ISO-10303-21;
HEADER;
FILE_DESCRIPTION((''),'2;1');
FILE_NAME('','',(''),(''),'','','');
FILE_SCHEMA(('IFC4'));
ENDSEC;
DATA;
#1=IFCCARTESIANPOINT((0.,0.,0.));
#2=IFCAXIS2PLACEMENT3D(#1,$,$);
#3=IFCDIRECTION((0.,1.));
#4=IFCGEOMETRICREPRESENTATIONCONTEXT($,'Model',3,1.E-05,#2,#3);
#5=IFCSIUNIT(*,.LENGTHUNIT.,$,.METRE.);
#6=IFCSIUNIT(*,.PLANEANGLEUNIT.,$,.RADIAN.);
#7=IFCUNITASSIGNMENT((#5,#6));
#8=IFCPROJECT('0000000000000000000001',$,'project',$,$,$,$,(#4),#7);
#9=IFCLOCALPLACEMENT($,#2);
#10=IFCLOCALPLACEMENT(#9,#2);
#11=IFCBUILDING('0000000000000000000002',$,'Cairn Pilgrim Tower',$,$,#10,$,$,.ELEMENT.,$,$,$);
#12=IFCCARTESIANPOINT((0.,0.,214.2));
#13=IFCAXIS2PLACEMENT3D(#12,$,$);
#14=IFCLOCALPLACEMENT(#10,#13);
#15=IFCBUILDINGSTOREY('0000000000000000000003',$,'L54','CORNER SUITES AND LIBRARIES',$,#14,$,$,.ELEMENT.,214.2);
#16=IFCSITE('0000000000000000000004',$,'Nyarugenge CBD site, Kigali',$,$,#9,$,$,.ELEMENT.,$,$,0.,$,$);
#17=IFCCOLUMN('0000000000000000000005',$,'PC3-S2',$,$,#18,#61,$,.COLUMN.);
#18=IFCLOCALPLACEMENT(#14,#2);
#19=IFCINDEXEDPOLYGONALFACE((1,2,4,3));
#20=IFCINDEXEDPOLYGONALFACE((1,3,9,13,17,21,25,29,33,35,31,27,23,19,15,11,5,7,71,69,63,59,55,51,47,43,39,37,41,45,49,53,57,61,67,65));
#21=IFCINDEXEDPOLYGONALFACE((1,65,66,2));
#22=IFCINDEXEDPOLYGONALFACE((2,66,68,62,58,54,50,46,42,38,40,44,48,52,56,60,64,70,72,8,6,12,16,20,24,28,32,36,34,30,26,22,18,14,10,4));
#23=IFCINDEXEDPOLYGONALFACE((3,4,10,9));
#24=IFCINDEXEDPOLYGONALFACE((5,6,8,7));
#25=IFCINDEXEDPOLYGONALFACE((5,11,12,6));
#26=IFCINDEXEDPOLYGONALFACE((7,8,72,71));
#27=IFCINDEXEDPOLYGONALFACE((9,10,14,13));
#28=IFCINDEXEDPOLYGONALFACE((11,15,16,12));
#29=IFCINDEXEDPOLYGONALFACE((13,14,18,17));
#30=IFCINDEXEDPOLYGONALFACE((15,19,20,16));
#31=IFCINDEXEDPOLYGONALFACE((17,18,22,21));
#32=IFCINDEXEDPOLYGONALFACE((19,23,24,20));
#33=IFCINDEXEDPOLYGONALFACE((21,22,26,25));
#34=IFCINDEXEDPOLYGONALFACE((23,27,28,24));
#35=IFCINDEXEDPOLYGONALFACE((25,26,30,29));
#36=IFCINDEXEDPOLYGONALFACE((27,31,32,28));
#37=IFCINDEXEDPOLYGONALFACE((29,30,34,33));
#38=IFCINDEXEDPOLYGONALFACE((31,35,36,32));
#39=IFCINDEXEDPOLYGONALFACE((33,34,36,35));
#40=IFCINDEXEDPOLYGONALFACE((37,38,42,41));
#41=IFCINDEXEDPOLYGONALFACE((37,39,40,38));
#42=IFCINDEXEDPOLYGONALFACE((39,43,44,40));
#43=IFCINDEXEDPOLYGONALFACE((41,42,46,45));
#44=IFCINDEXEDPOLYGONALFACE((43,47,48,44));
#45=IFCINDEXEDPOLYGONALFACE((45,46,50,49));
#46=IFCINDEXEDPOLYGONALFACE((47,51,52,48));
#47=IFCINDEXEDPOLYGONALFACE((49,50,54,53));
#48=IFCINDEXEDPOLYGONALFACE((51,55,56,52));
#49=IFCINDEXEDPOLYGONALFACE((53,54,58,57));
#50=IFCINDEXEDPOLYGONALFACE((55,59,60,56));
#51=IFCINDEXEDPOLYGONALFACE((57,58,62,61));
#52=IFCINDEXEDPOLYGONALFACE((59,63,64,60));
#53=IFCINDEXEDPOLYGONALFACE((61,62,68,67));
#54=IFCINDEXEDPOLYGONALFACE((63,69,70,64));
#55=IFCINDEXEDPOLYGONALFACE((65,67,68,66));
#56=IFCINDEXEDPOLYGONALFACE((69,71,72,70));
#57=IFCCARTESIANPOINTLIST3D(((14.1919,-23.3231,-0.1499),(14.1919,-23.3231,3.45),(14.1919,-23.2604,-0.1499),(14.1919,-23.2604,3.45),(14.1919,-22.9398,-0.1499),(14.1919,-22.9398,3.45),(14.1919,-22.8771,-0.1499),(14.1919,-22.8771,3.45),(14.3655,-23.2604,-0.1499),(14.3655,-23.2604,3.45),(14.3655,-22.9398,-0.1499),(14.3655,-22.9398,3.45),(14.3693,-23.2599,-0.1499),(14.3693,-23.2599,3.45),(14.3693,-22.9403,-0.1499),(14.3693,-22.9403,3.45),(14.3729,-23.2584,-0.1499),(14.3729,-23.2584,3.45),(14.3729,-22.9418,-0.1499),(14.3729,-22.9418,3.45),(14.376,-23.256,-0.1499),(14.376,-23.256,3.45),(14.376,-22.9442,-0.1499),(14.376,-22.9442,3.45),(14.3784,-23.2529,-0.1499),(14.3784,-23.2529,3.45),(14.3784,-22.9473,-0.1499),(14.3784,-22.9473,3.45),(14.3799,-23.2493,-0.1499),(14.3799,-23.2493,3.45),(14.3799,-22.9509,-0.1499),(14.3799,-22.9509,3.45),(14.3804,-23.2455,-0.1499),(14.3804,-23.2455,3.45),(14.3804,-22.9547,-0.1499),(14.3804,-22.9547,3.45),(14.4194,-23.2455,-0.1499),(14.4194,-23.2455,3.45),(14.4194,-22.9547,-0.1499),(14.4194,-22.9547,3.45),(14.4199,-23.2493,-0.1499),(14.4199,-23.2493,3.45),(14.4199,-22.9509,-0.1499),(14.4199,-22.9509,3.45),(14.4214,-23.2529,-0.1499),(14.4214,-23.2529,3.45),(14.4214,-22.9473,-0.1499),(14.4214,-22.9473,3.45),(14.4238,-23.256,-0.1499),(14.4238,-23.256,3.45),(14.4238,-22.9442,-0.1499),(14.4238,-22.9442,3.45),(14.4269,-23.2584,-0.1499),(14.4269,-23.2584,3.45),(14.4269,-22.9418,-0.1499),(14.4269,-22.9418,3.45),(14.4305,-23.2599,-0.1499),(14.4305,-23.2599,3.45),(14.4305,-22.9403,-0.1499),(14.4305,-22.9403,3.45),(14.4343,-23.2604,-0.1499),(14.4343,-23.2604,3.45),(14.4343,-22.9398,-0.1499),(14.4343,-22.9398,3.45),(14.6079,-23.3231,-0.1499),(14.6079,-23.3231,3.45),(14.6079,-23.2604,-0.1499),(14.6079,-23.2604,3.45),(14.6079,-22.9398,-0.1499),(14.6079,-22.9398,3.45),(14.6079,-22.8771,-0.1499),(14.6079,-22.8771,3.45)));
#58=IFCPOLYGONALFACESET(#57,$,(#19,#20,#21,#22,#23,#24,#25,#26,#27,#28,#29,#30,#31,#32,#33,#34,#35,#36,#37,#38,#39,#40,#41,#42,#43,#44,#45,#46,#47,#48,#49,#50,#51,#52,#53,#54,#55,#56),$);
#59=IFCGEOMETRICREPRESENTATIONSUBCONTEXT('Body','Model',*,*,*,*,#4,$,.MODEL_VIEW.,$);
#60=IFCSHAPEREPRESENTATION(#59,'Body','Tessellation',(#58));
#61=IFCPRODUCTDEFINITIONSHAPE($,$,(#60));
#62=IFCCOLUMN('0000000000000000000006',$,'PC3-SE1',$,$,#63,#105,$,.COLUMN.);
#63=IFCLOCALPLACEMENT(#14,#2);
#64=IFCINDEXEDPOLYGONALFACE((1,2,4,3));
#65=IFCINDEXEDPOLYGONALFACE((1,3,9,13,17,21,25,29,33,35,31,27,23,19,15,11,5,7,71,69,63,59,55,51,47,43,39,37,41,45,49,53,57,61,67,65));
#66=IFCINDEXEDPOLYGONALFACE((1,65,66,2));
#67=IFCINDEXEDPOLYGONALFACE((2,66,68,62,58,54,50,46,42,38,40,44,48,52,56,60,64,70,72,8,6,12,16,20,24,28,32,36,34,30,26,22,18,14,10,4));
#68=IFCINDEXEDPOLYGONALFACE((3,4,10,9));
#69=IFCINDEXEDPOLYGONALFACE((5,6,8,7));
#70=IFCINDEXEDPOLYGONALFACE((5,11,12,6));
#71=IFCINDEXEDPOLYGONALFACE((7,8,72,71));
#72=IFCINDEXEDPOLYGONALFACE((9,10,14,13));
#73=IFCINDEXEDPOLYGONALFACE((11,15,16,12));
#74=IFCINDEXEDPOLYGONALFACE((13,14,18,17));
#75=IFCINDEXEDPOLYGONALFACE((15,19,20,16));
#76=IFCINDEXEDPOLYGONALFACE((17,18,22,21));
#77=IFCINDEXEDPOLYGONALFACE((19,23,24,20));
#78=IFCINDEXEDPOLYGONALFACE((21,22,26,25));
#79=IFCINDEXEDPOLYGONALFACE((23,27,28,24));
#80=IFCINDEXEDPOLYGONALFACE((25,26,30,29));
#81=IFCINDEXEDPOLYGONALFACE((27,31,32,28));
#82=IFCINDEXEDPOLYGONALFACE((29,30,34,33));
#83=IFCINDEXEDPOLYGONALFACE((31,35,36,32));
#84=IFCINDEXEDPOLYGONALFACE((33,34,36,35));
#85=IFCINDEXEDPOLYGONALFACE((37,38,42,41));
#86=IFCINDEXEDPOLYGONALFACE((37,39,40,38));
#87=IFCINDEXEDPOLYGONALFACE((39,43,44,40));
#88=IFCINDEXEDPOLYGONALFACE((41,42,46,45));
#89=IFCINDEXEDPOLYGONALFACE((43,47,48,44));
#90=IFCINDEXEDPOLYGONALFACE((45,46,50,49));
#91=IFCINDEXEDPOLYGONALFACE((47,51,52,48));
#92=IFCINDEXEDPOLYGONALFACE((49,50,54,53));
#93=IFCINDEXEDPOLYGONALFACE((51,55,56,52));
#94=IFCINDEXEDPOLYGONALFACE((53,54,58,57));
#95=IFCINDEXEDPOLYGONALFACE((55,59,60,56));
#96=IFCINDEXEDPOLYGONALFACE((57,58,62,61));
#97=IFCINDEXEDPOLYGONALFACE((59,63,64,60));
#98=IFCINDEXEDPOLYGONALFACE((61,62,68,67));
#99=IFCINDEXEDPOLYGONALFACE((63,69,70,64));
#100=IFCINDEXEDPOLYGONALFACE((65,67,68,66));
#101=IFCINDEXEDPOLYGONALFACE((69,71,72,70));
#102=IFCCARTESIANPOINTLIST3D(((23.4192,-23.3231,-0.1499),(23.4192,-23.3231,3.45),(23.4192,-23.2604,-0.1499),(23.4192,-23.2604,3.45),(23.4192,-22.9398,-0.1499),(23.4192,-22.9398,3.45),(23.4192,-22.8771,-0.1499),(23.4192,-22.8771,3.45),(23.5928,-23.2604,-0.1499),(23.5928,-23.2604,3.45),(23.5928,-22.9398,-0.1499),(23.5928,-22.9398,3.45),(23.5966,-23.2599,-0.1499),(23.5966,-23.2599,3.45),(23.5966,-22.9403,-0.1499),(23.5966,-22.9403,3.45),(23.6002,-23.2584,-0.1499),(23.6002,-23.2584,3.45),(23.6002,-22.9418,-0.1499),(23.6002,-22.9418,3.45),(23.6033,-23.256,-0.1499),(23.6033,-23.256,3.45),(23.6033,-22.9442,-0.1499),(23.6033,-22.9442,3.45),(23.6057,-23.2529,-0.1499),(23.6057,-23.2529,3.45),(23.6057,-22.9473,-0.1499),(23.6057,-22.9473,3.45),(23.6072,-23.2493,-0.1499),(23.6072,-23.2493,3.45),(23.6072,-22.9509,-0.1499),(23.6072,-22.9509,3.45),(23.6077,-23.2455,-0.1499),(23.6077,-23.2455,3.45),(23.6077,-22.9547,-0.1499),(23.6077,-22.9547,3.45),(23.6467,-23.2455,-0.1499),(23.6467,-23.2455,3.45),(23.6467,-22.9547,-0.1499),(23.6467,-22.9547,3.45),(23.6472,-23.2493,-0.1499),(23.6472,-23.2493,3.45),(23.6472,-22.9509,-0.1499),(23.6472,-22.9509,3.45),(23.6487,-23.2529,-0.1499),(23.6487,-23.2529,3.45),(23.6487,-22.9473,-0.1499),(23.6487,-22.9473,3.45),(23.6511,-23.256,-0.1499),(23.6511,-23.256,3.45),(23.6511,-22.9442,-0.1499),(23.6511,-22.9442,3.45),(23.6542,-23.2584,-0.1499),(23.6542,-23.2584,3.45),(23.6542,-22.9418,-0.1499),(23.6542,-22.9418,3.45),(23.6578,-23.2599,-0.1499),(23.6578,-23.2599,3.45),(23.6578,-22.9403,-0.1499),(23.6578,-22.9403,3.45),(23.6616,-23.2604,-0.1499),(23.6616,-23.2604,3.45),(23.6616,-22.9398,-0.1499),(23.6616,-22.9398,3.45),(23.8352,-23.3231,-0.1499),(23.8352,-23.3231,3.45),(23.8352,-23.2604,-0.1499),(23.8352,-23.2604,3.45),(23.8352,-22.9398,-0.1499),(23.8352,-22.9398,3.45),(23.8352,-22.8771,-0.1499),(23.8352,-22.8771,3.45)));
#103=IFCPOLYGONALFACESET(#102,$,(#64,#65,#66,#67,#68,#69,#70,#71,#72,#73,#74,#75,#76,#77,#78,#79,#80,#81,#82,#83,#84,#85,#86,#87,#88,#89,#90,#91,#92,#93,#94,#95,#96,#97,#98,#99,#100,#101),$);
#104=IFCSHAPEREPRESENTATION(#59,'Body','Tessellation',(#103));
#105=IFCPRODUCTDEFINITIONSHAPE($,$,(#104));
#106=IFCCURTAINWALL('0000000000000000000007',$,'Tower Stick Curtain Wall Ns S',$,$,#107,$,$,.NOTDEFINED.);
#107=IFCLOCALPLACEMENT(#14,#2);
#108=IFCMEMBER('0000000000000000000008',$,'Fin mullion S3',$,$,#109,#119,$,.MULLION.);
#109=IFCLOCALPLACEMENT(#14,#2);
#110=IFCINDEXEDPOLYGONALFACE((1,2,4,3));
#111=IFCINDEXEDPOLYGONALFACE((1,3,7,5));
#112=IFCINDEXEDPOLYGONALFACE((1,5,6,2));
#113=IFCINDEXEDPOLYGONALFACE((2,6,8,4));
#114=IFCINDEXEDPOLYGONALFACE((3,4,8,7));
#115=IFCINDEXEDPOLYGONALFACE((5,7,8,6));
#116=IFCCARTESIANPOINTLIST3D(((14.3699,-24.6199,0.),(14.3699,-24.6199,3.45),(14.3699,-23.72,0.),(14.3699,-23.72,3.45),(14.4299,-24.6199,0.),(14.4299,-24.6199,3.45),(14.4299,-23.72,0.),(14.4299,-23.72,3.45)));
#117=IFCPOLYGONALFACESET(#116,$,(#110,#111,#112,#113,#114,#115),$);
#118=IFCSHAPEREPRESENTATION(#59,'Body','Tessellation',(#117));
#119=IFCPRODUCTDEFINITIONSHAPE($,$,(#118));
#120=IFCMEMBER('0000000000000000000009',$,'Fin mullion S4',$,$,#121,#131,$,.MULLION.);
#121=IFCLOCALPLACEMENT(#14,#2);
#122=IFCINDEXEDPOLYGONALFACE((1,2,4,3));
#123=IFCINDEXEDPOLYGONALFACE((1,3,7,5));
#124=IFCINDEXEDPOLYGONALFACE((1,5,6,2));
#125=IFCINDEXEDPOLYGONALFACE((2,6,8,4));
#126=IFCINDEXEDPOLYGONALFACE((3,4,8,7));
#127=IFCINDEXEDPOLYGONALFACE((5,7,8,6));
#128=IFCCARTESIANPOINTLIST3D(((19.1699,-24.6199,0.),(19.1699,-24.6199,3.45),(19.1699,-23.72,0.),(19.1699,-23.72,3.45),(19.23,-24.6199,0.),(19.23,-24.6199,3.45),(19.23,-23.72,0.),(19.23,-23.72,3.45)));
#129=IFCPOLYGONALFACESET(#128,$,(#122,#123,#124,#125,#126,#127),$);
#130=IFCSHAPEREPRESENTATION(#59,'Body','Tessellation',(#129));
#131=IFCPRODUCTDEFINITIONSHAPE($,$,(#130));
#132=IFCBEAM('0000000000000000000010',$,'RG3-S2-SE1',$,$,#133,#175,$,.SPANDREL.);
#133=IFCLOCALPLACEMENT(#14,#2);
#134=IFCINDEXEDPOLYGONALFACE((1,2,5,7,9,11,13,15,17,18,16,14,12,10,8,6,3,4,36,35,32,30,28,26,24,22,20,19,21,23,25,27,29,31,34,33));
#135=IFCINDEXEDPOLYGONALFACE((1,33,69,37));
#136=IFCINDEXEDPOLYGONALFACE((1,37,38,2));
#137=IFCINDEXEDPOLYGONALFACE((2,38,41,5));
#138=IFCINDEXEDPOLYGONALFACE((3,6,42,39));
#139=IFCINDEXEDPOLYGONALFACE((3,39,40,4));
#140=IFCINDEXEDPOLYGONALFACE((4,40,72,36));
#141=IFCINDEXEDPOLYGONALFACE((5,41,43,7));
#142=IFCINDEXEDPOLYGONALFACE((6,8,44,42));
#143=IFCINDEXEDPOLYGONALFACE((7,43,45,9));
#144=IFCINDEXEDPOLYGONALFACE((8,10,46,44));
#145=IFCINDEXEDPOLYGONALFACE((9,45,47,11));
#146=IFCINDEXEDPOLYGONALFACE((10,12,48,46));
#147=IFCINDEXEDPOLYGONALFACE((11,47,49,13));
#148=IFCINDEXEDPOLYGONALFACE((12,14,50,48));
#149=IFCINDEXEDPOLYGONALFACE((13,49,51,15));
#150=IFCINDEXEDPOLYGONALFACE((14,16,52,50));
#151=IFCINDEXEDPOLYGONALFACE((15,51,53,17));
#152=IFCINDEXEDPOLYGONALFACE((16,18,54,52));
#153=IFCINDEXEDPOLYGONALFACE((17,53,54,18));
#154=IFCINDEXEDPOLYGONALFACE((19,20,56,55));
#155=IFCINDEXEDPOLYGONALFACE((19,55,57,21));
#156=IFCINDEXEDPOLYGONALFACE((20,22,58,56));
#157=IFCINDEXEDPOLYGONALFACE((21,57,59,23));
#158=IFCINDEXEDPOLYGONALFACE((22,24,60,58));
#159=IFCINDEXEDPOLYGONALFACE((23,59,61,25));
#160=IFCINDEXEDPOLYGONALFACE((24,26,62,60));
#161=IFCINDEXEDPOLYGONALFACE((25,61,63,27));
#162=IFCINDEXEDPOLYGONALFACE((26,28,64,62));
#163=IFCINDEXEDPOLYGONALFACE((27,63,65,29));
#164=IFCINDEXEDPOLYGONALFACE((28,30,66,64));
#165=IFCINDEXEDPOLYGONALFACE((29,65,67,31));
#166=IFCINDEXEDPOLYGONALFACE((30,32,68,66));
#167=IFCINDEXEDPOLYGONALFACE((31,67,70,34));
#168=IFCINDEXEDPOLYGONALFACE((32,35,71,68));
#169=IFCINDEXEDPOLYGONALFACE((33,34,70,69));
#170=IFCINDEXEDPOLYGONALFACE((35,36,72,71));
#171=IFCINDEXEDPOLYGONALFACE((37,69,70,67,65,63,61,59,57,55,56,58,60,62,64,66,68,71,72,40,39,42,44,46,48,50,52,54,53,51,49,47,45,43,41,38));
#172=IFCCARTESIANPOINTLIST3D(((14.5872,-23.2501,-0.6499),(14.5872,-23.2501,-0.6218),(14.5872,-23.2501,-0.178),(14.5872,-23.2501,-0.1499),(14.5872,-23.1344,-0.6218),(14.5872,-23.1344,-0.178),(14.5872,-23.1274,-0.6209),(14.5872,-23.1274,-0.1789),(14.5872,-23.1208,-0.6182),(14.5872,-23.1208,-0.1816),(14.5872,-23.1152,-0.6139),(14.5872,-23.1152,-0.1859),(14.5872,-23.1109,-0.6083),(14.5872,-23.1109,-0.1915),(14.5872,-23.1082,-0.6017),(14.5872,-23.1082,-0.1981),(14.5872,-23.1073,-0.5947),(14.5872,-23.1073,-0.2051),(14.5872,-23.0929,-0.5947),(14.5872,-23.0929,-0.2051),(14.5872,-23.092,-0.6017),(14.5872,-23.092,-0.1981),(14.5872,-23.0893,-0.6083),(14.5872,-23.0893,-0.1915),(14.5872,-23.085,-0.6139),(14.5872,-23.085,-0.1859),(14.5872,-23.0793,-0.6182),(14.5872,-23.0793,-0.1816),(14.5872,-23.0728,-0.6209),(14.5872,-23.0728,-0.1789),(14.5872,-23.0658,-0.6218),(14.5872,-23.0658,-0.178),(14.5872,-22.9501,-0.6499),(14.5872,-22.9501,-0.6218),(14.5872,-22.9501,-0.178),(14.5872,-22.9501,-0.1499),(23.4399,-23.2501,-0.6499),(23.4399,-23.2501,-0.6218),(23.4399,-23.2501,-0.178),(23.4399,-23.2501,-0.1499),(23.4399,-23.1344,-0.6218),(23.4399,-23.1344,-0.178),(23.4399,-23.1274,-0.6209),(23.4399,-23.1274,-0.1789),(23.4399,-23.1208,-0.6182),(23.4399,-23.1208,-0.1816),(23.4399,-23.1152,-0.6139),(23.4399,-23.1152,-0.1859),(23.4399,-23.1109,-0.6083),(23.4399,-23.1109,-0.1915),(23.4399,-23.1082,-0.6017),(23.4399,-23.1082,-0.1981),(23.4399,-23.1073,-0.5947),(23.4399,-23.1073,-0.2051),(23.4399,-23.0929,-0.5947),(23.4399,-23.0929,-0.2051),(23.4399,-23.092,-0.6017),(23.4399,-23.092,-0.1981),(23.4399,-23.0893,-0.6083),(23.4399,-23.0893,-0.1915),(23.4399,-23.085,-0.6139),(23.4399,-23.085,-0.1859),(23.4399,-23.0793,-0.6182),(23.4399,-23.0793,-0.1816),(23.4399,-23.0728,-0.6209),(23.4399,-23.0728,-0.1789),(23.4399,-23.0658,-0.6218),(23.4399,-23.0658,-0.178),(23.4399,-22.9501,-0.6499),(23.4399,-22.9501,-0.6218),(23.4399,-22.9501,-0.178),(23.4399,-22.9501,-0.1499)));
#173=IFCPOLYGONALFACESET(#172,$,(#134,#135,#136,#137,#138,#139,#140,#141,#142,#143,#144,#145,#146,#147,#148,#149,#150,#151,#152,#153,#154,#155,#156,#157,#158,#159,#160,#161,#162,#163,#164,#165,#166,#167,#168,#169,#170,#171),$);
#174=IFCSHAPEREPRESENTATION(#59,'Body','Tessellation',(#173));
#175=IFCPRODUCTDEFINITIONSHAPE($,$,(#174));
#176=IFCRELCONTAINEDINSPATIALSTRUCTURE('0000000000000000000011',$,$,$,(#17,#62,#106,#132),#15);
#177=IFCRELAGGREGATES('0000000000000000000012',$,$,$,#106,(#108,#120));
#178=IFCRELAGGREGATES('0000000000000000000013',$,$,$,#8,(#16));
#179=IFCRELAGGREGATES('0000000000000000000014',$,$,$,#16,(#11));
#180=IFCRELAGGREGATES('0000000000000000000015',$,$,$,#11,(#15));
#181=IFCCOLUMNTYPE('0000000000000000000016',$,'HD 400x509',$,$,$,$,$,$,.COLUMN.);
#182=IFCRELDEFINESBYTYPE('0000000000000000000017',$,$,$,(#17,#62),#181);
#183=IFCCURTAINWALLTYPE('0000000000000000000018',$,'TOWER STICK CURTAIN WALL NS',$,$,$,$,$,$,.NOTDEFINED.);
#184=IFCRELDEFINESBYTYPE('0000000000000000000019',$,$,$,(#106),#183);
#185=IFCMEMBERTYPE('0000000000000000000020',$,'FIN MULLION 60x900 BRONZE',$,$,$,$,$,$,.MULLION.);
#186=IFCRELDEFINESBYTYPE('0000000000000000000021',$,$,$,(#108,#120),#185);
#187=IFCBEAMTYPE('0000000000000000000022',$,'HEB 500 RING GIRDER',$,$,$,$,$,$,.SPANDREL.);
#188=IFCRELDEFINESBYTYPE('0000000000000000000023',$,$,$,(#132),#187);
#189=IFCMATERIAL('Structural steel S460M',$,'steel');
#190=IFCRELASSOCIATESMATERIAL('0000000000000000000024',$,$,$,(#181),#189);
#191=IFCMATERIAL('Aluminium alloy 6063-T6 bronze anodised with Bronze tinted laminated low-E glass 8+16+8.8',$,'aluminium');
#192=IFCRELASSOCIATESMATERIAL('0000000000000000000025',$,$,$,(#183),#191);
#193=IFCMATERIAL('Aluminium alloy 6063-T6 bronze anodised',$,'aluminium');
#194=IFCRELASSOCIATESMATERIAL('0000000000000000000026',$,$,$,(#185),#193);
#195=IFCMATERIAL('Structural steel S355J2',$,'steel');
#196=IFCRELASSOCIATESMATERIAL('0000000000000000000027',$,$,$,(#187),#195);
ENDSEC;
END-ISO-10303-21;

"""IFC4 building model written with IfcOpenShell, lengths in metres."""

from ifc_helpers import new_model, si_unit, direction, frame, origin, origin_2d, place, context, subcontext, project, spatial, rectangle, i_section, extrude, material, material_profile, profile_set, type_object, element, aggregate, save


model = new_model("IFC4")

# Units and contexts
model_context = context("Model", 3, precision=1e-05, world=origin(), true_north=direction((0.0, 1.0)))
body_context = subcontext(model_context, "Body", "Model", "MODEL_VIEW")
ifc_project = project(units=[si_unit("LENGTHUNIT", "METRE"), si_unit("PLANEANGLEUNIT", "RADIAN")], contexts=[model_context])

# Site, building, storey
site_placement = place(None, origin())
site = spatial("IfcSite", under=ifc_project, at=site_placement, Name="Nyarugenge CBD site, Kigali", CompositionType="ELEMENT", RefElevation=0.0)
building_placement = place(site_placement, origin())
building = spatial("IfcBuilding", under=site, at=building_placement, Name="Cairn Pilgrim Tower", CompositionType="ELEMENT")
storey_placement = place(building_placement, frame((0.0, 0.0, 214.2)))
storey = spatial("IfcBuildingStorey", under=building, at=storey_placement, Name="L54", Description="CORNER SUITES AND LIBRARIES", CompositionType="ELEMENT", Elevation=214.2)

# Columns
ifc_material_1 = material(Name="Structural steel S460M", Category="steel")
ifc_material_profile_1 = material_profile(ifc_material_1, i_section(OverallWidth=0.416, OverallDepth=0.446, WebThickness=0.0391, FlangeThickness=0.0627, FilletRadius=0.0149, at=origin_2d()), Name="HD 400x509")
ifc_profile_set_1 = profile_set([ifc_material_profile_1], Name="Structural steel S460M")
column_type = type_object("IfcColumnType", Name="HD 400x509", PredefinedType="COLUMN", material=ifc_profile_set_1)
for number, where, z_axis, x_axis, name in (
    (1, (14.3999, -23.1001, -0.1499), (0.0, 0.0, 1.0), (1.0, 0.0, 0.0), "PC3-S2"),
    (2, (23.6272, -23.1001, -0.1499), (0.0, 0.0, 1.0), (1.0, 0.0, 0.0), "PC3-SE1"),
):
    element("IfcColumn", number, at=place(storey_placement, frame(where, z_axis=z_axis, x_axis=x_axis)), inside=storey, type_object=column_type, Name=name, PredefinedType="COLUMN", context=body_context, shape_type="SweptSolid", body=[
        extrude(i_section(OverallWidth=0.416, OverallDepth=0.446, WebThickness=0.0391, FlangeThickness=0.0627, FilletRadius=0.0149, at=origin_2d()), origin(), (0.0, 0.0, 1.0), 3.5999),
    ])

# Curtain wall, members
ifc_material_2 = material(Name="Aluminium alloy 6063-T6 bronze anodised with Bronze tinted laminated low-E glass 8+16+8.8", Category="aluminium")
curtain_wall_type = type_object("IfcCurtainWallType", Name="TOWER STICK CURTAIN WALL NS", PredefinedType="NOTDEFINED", material=ifc_material_2)
curtain_wall_placement = place(storey_placement, origin())
curtain_wall = element("IfcCurtainWall", 3, at=curtain_wall_placement, inside=storey, type_object=curtain_wall_type, Name="Tower Stick Curtain Wall Ns S", PredefinedType="NOTDEFINED")
ifc_material_3 = material(Name="Aluminium alloy 6063-T6 bronze anodised", Category="aluminium")
ifc_material_profile_2 = material_profile(ifc_material_3, rectangle(XDim=0.8999, YDim=0.0601, at=origin_2d()), Name="FIN MULLION 60x900 BRONZE")
ifc_profile_set_2 = profile_set([ifc_material_profile_2], Name="Aluminium alloy 6063-T6 bronze anodised")
member_type_1 = type_object("IfcMemberType", Name="FIN MULLION 60x900 BRONZE", PredefinedType="MULLION", material=ifc_profile_set_2)
member_1_placement = place(storey_placement, frame((14.3999, -24.1699, 0.0), z_axis=(0.0, 0.0, 1.0), x_axis=(0.0, -1.0, 0.0)))
member_1 = element("IfcMember", 4, at=member_1_placement, type_object=member_type_1, Name="Fin mullion S3", PredefinedType="MULLION", context=body_context, shape_type="SweptSolid", body=[
    extrude(rectangle(XDim=0.8999, YDim=0.0601, at=origin_2d()), origin(), (0.0, 0.0, 1.0), 3.45),
])
member_2_placement = place(storey_placement, frame((19.2, -24.1699, 0.0), z_axis=(0.0, 0.0, 1.0), x_axis=(0.0, -1.0, 0.0)))
member_2 = element("IfcMember", 5, at=member_2_placement, type_object=member_type_1, Name="Fin mullion S4", PredefinedType="MULLION", context=body_context, shape_type="SweptSolid", body=[
    extrude(rectangle(XDim=0.8999, YDim=0.0601, at=origin_2d()), origin(), (0.0, 0.0, 1.0), 3.45),
])

# Beam
ifc_material_4 = material(Name="Structural steel S355J2", Category="steel")
ifc_material_profile_3 = material_profile(ifc_material_4, i_section(OverallWidth=0.3, OverallDepth=0.5, WebThickness=0.0144, FlangeThickness=0.0281, FilletRadius=0.0271, at=origin_2d()), Name="HEB 500")
ifc_profile_set_3 = profile_set([ifc_material_profile_3], Name="Structural steel S355J2")
beam_type_1 = type_object("IfcBeamType", Name="HEB 500 RING GIRDER", PredefinedType="SPANDREL", material=ifc_profile_set_3)
beam_1_placement = place(storey_placement, frame((14.5872, -23.1001, -0.3999), z_axis=(1.0, 0.0, 0.0), x_axis=(0.0, 1.0, 0.0)))
element("IfcBeam", 6, at=beam_1_placement, inside=storey, type_object=beam_type_1, Name="RG3-S2-SE1", PredefinedType="SPANDREL", context=body_context, shape_type="SweptSolid", body=[
    extrude(i_section(OverallWidth=0.3, OverallDepth=0.5, WebThickness=0.0144, FlangeThickness=0.0281, FilletRadius=0.0271, at=origin_2d()), origin(), (0.0, 0.0, 1.0), 8.8528),
])

aggregate(curtain_wall, [member_1, member_2])

save(model, "model.ifc")
